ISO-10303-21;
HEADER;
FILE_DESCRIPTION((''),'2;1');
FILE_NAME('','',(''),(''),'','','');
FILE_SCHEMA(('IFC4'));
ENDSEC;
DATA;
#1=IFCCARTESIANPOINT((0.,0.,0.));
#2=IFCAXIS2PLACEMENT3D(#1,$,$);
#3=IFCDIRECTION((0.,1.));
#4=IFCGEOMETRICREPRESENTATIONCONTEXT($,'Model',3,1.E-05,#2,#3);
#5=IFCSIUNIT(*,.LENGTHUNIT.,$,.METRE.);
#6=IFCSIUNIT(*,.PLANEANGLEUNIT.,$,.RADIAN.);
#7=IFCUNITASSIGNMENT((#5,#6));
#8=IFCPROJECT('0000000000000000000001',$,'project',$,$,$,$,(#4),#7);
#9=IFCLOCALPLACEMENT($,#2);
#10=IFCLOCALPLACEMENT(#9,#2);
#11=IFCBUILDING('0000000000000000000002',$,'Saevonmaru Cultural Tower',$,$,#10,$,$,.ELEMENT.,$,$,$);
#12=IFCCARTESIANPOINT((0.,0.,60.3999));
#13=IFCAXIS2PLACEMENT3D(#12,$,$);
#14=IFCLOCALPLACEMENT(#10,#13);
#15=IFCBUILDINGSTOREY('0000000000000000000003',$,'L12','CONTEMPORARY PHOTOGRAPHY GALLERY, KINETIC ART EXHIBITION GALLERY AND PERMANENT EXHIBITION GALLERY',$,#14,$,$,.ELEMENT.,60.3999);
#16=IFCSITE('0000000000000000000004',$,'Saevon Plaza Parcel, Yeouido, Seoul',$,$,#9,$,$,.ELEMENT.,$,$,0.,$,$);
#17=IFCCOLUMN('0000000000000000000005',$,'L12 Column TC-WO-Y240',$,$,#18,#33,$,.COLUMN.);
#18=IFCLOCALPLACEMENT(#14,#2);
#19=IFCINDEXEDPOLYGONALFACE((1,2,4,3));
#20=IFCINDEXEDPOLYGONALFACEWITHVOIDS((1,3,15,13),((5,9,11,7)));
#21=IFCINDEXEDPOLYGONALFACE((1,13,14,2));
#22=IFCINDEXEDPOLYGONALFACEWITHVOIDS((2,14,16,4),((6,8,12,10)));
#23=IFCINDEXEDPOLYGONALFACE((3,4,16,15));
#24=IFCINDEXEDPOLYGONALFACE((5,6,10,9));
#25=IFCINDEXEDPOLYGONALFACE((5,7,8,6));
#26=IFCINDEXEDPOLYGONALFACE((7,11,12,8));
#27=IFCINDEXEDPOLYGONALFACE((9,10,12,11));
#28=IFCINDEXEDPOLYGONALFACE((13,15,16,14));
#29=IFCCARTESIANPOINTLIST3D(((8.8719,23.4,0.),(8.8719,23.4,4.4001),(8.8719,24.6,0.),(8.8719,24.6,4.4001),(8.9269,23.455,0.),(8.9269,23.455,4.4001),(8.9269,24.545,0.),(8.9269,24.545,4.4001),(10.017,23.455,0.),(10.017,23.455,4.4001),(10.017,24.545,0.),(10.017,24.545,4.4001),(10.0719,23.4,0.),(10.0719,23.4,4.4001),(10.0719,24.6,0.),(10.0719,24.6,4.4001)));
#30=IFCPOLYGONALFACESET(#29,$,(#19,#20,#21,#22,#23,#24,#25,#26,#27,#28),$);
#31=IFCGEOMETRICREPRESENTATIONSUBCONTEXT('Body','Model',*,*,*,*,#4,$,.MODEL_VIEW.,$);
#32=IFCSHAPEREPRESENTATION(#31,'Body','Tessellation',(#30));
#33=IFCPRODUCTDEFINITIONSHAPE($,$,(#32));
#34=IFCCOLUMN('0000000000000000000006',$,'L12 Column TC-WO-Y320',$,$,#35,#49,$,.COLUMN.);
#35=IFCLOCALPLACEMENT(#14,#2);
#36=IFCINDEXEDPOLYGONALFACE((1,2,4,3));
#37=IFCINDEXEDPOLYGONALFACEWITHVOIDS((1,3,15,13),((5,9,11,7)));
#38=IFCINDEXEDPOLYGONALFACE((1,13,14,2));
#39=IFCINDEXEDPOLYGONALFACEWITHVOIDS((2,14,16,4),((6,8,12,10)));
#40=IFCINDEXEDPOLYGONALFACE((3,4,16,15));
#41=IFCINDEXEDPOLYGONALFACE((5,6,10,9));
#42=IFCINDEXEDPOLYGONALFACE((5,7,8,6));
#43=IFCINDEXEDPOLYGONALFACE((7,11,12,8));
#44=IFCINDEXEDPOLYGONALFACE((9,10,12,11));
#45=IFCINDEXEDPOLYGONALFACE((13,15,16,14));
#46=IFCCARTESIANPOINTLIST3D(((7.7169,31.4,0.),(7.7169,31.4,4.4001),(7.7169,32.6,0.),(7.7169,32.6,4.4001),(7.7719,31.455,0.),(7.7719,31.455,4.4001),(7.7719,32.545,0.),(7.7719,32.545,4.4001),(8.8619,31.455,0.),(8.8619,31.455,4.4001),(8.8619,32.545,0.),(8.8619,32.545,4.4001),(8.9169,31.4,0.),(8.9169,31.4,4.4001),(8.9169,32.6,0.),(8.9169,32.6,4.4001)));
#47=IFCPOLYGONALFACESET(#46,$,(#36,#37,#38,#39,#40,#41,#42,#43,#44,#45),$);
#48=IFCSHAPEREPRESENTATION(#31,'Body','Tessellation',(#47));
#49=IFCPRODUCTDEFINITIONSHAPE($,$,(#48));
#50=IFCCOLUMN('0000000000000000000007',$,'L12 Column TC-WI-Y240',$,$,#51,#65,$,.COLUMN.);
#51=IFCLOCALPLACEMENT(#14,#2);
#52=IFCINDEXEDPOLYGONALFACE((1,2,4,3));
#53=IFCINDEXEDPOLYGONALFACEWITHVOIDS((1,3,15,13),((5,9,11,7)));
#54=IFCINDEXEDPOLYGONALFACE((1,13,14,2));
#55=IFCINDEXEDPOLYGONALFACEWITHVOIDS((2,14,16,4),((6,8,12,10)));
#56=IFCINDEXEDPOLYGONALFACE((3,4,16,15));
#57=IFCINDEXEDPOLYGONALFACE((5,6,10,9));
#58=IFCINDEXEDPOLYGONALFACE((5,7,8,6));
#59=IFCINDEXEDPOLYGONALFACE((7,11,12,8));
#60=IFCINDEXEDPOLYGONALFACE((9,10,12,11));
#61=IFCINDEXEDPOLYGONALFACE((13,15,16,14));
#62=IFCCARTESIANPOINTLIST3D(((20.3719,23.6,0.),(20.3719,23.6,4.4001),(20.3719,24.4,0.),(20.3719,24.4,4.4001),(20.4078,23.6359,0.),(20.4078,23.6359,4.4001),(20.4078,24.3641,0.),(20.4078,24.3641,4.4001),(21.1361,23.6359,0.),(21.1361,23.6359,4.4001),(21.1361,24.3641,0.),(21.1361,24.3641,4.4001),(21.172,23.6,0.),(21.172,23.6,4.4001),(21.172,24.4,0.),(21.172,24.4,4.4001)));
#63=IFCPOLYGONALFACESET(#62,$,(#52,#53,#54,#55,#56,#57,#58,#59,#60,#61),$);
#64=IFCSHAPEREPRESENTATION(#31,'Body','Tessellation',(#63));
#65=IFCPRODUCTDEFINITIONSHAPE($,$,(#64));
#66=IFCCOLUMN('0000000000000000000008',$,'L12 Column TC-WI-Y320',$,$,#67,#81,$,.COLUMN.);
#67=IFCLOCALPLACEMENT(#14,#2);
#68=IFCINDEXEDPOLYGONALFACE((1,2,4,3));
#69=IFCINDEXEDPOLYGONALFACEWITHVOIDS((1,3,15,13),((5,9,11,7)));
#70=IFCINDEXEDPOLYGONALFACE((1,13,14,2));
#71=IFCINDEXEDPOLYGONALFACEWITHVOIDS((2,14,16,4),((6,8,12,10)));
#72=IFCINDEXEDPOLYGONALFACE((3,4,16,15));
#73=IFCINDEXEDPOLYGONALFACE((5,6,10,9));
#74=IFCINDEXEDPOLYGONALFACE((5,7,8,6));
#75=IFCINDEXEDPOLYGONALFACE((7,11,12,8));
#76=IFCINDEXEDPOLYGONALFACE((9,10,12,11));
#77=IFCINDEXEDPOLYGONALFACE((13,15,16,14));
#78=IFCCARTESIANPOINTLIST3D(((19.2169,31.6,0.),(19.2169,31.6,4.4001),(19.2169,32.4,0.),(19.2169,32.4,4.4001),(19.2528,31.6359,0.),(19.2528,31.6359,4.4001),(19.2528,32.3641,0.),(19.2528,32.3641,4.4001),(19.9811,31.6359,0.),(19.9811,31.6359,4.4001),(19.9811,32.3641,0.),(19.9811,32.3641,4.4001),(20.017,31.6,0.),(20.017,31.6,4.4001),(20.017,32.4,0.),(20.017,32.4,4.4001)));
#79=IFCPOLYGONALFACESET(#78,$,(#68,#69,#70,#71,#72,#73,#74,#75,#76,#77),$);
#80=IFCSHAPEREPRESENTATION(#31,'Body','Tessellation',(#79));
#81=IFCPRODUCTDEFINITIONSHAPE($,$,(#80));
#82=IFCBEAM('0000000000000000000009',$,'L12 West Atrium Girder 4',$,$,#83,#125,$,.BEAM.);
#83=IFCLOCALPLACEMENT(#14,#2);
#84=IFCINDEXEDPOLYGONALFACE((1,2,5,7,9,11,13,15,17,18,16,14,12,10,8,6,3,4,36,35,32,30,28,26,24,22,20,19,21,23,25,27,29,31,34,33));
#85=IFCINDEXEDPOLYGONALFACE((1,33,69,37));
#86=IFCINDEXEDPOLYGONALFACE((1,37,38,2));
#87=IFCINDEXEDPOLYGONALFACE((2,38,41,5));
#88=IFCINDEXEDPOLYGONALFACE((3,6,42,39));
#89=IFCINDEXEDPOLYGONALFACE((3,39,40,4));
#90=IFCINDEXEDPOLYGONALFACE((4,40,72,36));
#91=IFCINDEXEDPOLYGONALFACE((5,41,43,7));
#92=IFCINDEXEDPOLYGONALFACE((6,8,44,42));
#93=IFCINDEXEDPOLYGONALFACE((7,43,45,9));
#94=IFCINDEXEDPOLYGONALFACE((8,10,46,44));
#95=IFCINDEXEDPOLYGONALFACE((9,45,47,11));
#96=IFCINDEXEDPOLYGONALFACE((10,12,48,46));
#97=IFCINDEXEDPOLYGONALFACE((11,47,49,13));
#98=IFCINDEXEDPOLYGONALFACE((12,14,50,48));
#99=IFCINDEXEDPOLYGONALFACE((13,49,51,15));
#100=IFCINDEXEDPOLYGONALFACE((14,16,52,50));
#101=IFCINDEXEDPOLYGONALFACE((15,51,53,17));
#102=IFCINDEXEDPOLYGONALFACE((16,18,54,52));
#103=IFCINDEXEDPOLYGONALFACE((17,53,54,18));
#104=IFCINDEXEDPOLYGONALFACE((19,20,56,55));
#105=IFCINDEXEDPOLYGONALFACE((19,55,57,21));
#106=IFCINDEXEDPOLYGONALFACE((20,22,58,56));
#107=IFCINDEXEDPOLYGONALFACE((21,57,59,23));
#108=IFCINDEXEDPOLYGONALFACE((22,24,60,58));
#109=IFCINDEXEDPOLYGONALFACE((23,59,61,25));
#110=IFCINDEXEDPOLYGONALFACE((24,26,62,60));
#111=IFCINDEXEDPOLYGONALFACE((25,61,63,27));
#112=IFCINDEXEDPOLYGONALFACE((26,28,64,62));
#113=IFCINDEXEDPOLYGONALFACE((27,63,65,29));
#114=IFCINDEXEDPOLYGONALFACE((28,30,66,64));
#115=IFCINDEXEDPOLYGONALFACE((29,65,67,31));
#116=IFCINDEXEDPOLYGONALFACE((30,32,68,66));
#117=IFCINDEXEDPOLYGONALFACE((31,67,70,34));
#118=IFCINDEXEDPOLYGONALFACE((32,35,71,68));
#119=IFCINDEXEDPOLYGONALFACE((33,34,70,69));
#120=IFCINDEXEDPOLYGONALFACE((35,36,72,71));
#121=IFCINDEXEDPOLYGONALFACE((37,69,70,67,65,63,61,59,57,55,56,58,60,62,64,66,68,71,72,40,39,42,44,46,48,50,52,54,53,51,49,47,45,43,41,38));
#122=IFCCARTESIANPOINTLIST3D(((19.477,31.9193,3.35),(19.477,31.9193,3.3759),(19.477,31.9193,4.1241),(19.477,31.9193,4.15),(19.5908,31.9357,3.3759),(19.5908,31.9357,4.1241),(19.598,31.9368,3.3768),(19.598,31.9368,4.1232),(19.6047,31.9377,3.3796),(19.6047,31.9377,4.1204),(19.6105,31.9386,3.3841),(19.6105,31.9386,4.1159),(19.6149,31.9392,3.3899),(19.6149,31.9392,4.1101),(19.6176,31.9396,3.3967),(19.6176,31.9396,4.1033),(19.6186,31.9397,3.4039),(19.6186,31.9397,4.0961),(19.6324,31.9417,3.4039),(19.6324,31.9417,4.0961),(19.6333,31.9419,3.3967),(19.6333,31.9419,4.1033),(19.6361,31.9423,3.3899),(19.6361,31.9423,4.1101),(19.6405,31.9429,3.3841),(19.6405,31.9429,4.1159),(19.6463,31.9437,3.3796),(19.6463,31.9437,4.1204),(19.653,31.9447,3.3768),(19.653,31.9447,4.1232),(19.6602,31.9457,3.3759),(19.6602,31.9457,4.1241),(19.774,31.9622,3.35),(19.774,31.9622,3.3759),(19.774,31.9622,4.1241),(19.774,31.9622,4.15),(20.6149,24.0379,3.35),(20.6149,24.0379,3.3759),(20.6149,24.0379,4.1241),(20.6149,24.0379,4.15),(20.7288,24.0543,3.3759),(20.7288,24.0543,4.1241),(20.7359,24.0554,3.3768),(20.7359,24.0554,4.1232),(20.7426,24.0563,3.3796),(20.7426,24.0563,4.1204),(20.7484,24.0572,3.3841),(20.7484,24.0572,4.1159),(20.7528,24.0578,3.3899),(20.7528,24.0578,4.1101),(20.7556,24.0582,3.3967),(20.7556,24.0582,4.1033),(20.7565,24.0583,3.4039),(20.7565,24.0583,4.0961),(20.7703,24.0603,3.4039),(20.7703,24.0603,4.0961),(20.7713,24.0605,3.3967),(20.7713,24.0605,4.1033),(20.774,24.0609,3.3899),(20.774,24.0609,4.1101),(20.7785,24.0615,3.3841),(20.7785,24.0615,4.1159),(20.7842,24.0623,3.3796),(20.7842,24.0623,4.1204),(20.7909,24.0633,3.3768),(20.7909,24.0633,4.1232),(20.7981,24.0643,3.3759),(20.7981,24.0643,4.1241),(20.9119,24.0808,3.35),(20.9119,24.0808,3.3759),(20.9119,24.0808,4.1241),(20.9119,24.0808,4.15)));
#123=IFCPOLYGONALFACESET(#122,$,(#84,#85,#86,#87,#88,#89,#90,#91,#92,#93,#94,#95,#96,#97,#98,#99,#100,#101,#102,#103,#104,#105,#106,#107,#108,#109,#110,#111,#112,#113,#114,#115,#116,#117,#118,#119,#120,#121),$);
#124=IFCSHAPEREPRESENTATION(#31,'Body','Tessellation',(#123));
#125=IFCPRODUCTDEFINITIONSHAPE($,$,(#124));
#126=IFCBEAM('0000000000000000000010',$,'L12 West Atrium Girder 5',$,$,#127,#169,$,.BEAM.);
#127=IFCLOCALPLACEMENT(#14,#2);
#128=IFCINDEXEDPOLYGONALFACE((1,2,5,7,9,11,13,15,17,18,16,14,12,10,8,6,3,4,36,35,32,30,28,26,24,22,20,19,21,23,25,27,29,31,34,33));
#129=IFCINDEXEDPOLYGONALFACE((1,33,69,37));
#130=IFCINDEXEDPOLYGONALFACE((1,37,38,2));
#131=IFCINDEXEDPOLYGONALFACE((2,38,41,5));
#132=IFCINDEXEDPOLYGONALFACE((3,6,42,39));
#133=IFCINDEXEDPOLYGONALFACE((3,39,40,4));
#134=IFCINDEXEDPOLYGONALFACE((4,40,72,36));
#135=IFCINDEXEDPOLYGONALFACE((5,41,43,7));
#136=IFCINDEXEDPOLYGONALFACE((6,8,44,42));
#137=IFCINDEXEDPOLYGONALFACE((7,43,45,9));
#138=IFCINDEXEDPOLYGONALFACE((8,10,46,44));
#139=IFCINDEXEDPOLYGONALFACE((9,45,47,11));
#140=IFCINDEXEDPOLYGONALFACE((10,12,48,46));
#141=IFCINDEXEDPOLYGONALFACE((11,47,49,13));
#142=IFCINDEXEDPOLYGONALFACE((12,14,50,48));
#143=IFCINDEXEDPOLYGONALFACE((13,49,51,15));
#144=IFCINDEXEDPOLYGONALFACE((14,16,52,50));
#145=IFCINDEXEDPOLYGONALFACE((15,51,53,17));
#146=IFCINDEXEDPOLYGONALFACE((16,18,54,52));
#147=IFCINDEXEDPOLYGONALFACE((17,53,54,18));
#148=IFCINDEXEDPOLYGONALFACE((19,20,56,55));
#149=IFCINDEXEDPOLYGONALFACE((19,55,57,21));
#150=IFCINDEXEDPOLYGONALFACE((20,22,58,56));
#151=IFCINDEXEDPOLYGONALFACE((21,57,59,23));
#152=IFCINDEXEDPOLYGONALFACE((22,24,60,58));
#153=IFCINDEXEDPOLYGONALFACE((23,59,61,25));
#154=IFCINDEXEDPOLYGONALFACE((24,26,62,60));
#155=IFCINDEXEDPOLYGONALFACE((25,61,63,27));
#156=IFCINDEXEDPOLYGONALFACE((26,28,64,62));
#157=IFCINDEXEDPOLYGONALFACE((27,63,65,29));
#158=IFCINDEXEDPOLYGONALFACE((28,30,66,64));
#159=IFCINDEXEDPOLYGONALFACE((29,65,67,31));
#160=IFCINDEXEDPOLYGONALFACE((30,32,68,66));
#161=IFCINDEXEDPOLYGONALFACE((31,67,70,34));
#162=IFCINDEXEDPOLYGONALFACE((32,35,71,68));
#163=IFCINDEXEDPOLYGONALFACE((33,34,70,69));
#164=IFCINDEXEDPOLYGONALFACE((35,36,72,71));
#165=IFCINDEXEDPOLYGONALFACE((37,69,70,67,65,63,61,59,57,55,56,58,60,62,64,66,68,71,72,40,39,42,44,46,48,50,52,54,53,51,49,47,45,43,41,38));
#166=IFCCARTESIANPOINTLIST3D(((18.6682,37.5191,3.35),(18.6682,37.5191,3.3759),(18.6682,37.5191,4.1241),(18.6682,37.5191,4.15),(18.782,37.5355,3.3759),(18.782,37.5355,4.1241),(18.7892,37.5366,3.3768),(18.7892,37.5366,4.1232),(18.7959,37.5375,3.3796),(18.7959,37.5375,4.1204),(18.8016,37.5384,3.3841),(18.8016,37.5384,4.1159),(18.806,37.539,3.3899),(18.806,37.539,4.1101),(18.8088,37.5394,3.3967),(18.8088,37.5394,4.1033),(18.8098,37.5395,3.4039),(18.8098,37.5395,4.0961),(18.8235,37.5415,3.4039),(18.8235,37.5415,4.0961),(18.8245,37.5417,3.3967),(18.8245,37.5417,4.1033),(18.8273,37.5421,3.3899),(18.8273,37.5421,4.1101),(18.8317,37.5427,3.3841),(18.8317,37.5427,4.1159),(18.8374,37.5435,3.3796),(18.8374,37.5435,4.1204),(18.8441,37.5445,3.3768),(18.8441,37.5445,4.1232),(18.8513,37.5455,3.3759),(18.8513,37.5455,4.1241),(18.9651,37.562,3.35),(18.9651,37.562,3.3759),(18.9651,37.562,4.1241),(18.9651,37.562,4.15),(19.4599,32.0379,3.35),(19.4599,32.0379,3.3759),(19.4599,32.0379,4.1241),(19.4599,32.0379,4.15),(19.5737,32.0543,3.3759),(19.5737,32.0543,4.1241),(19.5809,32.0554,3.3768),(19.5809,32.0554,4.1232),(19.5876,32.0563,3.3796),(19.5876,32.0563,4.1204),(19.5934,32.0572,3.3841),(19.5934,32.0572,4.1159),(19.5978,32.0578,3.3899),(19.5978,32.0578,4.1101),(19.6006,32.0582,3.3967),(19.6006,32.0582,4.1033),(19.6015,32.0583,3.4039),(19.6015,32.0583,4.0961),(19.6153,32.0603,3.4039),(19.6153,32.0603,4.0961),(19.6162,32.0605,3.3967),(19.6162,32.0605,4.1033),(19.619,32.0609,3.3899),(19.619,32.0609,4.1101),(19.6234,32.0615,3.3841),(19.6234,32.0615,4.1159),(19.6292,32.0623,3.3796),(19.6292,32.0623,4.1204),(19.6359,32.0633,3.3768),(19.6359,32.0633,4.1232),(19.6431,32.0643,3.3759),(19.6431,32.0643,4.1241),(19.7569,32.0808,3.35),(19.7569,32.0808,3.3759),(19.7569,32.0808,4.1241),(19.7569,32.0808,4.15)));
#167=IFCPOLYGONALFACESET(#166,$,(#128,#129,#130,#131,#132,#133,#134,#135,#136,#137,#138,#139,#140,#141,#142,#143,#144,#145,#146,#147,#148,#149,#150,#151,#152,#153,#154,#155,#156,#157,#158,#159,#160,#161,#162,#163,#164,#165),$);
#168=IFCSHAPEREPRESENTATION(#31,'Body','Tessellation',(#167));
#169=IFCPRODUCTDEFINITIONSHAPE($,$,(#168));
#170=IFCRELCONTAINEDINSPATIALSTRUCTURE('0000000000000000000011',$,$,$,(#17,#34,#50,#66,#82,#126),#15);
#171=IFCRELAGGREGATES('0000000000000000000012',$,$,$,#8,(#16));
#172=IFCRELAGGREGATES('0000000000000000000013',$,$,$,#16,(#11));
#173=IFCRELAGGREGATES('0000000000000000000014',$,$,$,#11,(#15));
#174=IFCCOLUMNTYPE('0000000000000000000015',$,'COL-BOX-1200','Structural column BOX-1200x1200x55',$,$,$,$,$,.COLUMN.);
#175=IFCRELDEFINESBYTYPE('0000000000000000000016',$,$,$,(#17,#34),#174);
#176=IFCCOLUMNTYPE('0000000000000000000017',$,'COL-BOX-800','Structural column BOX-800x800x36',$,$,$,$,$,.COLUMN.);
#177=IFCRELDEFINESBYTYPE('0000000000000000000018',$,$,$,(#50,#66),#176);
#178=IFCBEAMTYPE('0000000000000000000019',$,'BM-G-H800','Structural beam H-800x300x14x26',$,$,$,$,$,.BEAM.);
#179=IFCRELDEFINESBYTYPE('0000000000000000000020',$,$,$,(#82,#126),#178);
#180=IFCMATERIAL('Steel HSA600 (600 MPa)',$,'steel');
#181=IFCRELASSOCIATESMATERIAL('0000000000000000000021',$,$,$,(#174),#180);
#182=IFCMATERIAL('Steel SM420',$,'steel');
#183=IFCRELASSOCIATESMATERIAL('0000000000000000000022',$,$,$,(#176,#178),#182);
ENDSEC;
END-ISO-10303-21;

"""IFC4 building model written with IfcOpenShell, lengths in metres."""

from ifc_helpers import new_model, si_unit, direction, frame, origin, origin_2d, place, context, subcontext, project, spatial, hollow_rectangle, i_section, extrude, material, material_profile, profile_set, type_object, element, save


model = new_model("IFC4")

# Units and contexts
model_context = context("Model", 3, precision=1e-05, world=origin(), true_north=direction((0.0, 1.0)))
body_context = subcontext(model_context, "Body", "Model", "MODEL_VIEW")
ifc_project = project(units=[si_unit("LENGTHUNIT", "METRE"), si_unit("PLANEANGLEUNIT", "RADIAN")], contexts=[model_context])

# Site, building, storey
site_placement = place(None, origin())
site = spatial("IfcSite", under=ifc_project, at=site_placement, Name="Saevon Plaza Parcel, Yeouido, Seoul", CompositionType="ELEMENT", RefElevation=0.0)
building_placement = place(site_placement, origin())
building = spatial("IfcBuilding", under=site, at=building_placement, Name="Saevonmaru Cultural Tower", CompositionType="ELEMENT")
storey_placement = place(building_placement, frame((0.0, 0.0, 60.3999)))
storey = spatial("IfcBuildingStorey", under=building, at=storey_placement, Name="L12", Description="CONTEMPORARY PHOTOGRAPHY GALLERY, KINETIC ART EXHIBITION GALLERY AND PERMANENT EXHIBITION GALLERY", CompositionType="ELEMENT", Elevation=60.3999)

# Columns
ifc_material_1 = material(Name="Steel HSA600 (600 MPa)", Category="steel")
ifc_material_profile_1 = material_profile(ifc_material_1, hollow_rectangle(XDim=1.2, YDim=1.2, WallThickness=0.0549, at=origin_2d()), Name="BOX-1200x1200x55")
ifc_profile_set_1 = profile_set([ifc_material_profile_1], Name="Steel HSA600 (600 MPa)")
column_type_1 = type_object("IfcColumnType", Name="COL-BOX-1200", Description="Structural column BOX-1200x1200x55", PredefinedType="COLUMN", material=ifc_profile_set_1)
for number, where, z_axis, x_axis, name in (
    (1, (9.4719, 24.0, 0.0), (0.0, 0.0, 1.0), (1.0, 0.0, 0.0), "L12 Column TC-WO-Y240"),
    (2, (8.3169, 32.0, 0.0), (0.0, 0.0, 1.0), (1.0, 0.0, 0.0), "L12 Column TC-WO-Y320"),
):
    element("IfcColumn", number, at=place(storey_placement, frame(where, z_axis=z_axis, x_axis=x_axis)), inside=storey, type_object=column_type_1, Name=name, PredefinedType="COLUMN", context=body_context, shape_type="SweptSolid", body=[
        extrude(hollow_rectangle(XDim=1.2, YDim=1.2, WallThickness=0.0549, at=origin_2d()), origin(), (0.0, 0.0, 1.0), 4.4001),
    ])
ifc_material_2 = material(Name="Steel SM420", Category="steel")
ifc_material_profile_2 = material_profile(ifc_material_2, hollow_rectangle(XDim=0.8, YDim=0.8, WallThickness=0.0359, at=origin_2d()), Name="BOX-800x800x36")
ifc_profile_set_2 = profile_set([ifc_material_profile_2], Name="Steel SM420")
column_type_2 = type_object("IfcColumnType", Name="COL-BOX-800", Description="Structural column BOX-800x800x36", PredefinedType="COLUMN", material=ifc_profile_set_2)
for number, where, z_axis, x_axis, name in (
    (3, (20.772, 24.0, 0.0), (0.0, 0.0, 1.0), (1.0, 0.0, 0.0), "L12 Column TC-WI-Y240"),
    (4, (19.6169, 32.0, 0.0), (0.0, 0.0, 1.0), (1.0, 0.0, 0.0), "L12 Column TC-WI-Y320"),
):
    element("IfcColumn", number, at=place(storey_placement, frame(where, z_axis=z_axis, x_axis=x_axis)), inside=storey, type_object=column_type_2, Name=name, PredefinedType="COLUMN", context=body_context, shape_type="SweptSolid", body=[
        extrude(hollow_rectangle(XDim=0.8, YDim=0.8, WallThickness=0.0359, at=origin_2d()), origin(), (0.0, 0.0, 1.0), 4.4001),
    ])

# Beams
ifc_material_profile_3 = material_profile(ifc_material_2, i_section(OverallWidth=0.3, OverallDepth=0.8, WebThickness=0.0139, FlangeThickness=0.0259, FilletRadius=0.0281, at=origin_2d()), Name="H-800x300x14x26")
ifc_profile_set_3 = profile_set([ifc_material_profile_3], Name="Steel SM420")
beam_type_1 = type_object("IfcBeamType", Name="BM-G-H800", Description="Structural beam H-800x300x14x26", PredefinedType="BEAM", material=ifc_profile_set_3)
beam_1_placement = place(storey_placement, frame((20.7634, 24.0593, 3.75), z_axis=(-0.142902, 0.989737, 0.0), x_axis=(-0.989737, -0.142902, 0.0)))
element("IfcBeam", 5, at=beam_1_placement, inside=storey, type_object=beam_type_1, Name="L12 West Atrium Girder 4", PredefinedType="BEAM", context=body_context, shape_type="SweptSolid", body=[
    extrude(i_section(OverallWidth=0.3, OverallDepth=0.8, WebThickness=0.0139, FlangeThickness=0.0259, FilletRadius=0.0281, at=origin_2d()), origin(), (0.0, 0.0, 1.0), 7.9631),
])
beam_2_placement = place(storey_placement, frame((19.6084, 32.0593, 3.75), z_axis=(-0.142964, 0.989728, 0.0), x_axis=(-0.989728, -0.142964, 0.0)))
element("IfcBeam", 6, at=beam_2_placement, inside=storey, type_object=beam_type_1, Name="L12 West Atrium Girder 5", PredefinedType="BEAM", context=body_context, shape_type="SweptSolid", body=[
    extrude(i_section(OverallWidth=0.3, OverallDepth=0.8, WebThickness=0.0139, FlangeThickness=0.0259, FilletRadius=0.0281, at=origin_2d()), origin(), (0.0, 0.0, 1.0), 5.5381),
])

save(model, "model.ifc")
